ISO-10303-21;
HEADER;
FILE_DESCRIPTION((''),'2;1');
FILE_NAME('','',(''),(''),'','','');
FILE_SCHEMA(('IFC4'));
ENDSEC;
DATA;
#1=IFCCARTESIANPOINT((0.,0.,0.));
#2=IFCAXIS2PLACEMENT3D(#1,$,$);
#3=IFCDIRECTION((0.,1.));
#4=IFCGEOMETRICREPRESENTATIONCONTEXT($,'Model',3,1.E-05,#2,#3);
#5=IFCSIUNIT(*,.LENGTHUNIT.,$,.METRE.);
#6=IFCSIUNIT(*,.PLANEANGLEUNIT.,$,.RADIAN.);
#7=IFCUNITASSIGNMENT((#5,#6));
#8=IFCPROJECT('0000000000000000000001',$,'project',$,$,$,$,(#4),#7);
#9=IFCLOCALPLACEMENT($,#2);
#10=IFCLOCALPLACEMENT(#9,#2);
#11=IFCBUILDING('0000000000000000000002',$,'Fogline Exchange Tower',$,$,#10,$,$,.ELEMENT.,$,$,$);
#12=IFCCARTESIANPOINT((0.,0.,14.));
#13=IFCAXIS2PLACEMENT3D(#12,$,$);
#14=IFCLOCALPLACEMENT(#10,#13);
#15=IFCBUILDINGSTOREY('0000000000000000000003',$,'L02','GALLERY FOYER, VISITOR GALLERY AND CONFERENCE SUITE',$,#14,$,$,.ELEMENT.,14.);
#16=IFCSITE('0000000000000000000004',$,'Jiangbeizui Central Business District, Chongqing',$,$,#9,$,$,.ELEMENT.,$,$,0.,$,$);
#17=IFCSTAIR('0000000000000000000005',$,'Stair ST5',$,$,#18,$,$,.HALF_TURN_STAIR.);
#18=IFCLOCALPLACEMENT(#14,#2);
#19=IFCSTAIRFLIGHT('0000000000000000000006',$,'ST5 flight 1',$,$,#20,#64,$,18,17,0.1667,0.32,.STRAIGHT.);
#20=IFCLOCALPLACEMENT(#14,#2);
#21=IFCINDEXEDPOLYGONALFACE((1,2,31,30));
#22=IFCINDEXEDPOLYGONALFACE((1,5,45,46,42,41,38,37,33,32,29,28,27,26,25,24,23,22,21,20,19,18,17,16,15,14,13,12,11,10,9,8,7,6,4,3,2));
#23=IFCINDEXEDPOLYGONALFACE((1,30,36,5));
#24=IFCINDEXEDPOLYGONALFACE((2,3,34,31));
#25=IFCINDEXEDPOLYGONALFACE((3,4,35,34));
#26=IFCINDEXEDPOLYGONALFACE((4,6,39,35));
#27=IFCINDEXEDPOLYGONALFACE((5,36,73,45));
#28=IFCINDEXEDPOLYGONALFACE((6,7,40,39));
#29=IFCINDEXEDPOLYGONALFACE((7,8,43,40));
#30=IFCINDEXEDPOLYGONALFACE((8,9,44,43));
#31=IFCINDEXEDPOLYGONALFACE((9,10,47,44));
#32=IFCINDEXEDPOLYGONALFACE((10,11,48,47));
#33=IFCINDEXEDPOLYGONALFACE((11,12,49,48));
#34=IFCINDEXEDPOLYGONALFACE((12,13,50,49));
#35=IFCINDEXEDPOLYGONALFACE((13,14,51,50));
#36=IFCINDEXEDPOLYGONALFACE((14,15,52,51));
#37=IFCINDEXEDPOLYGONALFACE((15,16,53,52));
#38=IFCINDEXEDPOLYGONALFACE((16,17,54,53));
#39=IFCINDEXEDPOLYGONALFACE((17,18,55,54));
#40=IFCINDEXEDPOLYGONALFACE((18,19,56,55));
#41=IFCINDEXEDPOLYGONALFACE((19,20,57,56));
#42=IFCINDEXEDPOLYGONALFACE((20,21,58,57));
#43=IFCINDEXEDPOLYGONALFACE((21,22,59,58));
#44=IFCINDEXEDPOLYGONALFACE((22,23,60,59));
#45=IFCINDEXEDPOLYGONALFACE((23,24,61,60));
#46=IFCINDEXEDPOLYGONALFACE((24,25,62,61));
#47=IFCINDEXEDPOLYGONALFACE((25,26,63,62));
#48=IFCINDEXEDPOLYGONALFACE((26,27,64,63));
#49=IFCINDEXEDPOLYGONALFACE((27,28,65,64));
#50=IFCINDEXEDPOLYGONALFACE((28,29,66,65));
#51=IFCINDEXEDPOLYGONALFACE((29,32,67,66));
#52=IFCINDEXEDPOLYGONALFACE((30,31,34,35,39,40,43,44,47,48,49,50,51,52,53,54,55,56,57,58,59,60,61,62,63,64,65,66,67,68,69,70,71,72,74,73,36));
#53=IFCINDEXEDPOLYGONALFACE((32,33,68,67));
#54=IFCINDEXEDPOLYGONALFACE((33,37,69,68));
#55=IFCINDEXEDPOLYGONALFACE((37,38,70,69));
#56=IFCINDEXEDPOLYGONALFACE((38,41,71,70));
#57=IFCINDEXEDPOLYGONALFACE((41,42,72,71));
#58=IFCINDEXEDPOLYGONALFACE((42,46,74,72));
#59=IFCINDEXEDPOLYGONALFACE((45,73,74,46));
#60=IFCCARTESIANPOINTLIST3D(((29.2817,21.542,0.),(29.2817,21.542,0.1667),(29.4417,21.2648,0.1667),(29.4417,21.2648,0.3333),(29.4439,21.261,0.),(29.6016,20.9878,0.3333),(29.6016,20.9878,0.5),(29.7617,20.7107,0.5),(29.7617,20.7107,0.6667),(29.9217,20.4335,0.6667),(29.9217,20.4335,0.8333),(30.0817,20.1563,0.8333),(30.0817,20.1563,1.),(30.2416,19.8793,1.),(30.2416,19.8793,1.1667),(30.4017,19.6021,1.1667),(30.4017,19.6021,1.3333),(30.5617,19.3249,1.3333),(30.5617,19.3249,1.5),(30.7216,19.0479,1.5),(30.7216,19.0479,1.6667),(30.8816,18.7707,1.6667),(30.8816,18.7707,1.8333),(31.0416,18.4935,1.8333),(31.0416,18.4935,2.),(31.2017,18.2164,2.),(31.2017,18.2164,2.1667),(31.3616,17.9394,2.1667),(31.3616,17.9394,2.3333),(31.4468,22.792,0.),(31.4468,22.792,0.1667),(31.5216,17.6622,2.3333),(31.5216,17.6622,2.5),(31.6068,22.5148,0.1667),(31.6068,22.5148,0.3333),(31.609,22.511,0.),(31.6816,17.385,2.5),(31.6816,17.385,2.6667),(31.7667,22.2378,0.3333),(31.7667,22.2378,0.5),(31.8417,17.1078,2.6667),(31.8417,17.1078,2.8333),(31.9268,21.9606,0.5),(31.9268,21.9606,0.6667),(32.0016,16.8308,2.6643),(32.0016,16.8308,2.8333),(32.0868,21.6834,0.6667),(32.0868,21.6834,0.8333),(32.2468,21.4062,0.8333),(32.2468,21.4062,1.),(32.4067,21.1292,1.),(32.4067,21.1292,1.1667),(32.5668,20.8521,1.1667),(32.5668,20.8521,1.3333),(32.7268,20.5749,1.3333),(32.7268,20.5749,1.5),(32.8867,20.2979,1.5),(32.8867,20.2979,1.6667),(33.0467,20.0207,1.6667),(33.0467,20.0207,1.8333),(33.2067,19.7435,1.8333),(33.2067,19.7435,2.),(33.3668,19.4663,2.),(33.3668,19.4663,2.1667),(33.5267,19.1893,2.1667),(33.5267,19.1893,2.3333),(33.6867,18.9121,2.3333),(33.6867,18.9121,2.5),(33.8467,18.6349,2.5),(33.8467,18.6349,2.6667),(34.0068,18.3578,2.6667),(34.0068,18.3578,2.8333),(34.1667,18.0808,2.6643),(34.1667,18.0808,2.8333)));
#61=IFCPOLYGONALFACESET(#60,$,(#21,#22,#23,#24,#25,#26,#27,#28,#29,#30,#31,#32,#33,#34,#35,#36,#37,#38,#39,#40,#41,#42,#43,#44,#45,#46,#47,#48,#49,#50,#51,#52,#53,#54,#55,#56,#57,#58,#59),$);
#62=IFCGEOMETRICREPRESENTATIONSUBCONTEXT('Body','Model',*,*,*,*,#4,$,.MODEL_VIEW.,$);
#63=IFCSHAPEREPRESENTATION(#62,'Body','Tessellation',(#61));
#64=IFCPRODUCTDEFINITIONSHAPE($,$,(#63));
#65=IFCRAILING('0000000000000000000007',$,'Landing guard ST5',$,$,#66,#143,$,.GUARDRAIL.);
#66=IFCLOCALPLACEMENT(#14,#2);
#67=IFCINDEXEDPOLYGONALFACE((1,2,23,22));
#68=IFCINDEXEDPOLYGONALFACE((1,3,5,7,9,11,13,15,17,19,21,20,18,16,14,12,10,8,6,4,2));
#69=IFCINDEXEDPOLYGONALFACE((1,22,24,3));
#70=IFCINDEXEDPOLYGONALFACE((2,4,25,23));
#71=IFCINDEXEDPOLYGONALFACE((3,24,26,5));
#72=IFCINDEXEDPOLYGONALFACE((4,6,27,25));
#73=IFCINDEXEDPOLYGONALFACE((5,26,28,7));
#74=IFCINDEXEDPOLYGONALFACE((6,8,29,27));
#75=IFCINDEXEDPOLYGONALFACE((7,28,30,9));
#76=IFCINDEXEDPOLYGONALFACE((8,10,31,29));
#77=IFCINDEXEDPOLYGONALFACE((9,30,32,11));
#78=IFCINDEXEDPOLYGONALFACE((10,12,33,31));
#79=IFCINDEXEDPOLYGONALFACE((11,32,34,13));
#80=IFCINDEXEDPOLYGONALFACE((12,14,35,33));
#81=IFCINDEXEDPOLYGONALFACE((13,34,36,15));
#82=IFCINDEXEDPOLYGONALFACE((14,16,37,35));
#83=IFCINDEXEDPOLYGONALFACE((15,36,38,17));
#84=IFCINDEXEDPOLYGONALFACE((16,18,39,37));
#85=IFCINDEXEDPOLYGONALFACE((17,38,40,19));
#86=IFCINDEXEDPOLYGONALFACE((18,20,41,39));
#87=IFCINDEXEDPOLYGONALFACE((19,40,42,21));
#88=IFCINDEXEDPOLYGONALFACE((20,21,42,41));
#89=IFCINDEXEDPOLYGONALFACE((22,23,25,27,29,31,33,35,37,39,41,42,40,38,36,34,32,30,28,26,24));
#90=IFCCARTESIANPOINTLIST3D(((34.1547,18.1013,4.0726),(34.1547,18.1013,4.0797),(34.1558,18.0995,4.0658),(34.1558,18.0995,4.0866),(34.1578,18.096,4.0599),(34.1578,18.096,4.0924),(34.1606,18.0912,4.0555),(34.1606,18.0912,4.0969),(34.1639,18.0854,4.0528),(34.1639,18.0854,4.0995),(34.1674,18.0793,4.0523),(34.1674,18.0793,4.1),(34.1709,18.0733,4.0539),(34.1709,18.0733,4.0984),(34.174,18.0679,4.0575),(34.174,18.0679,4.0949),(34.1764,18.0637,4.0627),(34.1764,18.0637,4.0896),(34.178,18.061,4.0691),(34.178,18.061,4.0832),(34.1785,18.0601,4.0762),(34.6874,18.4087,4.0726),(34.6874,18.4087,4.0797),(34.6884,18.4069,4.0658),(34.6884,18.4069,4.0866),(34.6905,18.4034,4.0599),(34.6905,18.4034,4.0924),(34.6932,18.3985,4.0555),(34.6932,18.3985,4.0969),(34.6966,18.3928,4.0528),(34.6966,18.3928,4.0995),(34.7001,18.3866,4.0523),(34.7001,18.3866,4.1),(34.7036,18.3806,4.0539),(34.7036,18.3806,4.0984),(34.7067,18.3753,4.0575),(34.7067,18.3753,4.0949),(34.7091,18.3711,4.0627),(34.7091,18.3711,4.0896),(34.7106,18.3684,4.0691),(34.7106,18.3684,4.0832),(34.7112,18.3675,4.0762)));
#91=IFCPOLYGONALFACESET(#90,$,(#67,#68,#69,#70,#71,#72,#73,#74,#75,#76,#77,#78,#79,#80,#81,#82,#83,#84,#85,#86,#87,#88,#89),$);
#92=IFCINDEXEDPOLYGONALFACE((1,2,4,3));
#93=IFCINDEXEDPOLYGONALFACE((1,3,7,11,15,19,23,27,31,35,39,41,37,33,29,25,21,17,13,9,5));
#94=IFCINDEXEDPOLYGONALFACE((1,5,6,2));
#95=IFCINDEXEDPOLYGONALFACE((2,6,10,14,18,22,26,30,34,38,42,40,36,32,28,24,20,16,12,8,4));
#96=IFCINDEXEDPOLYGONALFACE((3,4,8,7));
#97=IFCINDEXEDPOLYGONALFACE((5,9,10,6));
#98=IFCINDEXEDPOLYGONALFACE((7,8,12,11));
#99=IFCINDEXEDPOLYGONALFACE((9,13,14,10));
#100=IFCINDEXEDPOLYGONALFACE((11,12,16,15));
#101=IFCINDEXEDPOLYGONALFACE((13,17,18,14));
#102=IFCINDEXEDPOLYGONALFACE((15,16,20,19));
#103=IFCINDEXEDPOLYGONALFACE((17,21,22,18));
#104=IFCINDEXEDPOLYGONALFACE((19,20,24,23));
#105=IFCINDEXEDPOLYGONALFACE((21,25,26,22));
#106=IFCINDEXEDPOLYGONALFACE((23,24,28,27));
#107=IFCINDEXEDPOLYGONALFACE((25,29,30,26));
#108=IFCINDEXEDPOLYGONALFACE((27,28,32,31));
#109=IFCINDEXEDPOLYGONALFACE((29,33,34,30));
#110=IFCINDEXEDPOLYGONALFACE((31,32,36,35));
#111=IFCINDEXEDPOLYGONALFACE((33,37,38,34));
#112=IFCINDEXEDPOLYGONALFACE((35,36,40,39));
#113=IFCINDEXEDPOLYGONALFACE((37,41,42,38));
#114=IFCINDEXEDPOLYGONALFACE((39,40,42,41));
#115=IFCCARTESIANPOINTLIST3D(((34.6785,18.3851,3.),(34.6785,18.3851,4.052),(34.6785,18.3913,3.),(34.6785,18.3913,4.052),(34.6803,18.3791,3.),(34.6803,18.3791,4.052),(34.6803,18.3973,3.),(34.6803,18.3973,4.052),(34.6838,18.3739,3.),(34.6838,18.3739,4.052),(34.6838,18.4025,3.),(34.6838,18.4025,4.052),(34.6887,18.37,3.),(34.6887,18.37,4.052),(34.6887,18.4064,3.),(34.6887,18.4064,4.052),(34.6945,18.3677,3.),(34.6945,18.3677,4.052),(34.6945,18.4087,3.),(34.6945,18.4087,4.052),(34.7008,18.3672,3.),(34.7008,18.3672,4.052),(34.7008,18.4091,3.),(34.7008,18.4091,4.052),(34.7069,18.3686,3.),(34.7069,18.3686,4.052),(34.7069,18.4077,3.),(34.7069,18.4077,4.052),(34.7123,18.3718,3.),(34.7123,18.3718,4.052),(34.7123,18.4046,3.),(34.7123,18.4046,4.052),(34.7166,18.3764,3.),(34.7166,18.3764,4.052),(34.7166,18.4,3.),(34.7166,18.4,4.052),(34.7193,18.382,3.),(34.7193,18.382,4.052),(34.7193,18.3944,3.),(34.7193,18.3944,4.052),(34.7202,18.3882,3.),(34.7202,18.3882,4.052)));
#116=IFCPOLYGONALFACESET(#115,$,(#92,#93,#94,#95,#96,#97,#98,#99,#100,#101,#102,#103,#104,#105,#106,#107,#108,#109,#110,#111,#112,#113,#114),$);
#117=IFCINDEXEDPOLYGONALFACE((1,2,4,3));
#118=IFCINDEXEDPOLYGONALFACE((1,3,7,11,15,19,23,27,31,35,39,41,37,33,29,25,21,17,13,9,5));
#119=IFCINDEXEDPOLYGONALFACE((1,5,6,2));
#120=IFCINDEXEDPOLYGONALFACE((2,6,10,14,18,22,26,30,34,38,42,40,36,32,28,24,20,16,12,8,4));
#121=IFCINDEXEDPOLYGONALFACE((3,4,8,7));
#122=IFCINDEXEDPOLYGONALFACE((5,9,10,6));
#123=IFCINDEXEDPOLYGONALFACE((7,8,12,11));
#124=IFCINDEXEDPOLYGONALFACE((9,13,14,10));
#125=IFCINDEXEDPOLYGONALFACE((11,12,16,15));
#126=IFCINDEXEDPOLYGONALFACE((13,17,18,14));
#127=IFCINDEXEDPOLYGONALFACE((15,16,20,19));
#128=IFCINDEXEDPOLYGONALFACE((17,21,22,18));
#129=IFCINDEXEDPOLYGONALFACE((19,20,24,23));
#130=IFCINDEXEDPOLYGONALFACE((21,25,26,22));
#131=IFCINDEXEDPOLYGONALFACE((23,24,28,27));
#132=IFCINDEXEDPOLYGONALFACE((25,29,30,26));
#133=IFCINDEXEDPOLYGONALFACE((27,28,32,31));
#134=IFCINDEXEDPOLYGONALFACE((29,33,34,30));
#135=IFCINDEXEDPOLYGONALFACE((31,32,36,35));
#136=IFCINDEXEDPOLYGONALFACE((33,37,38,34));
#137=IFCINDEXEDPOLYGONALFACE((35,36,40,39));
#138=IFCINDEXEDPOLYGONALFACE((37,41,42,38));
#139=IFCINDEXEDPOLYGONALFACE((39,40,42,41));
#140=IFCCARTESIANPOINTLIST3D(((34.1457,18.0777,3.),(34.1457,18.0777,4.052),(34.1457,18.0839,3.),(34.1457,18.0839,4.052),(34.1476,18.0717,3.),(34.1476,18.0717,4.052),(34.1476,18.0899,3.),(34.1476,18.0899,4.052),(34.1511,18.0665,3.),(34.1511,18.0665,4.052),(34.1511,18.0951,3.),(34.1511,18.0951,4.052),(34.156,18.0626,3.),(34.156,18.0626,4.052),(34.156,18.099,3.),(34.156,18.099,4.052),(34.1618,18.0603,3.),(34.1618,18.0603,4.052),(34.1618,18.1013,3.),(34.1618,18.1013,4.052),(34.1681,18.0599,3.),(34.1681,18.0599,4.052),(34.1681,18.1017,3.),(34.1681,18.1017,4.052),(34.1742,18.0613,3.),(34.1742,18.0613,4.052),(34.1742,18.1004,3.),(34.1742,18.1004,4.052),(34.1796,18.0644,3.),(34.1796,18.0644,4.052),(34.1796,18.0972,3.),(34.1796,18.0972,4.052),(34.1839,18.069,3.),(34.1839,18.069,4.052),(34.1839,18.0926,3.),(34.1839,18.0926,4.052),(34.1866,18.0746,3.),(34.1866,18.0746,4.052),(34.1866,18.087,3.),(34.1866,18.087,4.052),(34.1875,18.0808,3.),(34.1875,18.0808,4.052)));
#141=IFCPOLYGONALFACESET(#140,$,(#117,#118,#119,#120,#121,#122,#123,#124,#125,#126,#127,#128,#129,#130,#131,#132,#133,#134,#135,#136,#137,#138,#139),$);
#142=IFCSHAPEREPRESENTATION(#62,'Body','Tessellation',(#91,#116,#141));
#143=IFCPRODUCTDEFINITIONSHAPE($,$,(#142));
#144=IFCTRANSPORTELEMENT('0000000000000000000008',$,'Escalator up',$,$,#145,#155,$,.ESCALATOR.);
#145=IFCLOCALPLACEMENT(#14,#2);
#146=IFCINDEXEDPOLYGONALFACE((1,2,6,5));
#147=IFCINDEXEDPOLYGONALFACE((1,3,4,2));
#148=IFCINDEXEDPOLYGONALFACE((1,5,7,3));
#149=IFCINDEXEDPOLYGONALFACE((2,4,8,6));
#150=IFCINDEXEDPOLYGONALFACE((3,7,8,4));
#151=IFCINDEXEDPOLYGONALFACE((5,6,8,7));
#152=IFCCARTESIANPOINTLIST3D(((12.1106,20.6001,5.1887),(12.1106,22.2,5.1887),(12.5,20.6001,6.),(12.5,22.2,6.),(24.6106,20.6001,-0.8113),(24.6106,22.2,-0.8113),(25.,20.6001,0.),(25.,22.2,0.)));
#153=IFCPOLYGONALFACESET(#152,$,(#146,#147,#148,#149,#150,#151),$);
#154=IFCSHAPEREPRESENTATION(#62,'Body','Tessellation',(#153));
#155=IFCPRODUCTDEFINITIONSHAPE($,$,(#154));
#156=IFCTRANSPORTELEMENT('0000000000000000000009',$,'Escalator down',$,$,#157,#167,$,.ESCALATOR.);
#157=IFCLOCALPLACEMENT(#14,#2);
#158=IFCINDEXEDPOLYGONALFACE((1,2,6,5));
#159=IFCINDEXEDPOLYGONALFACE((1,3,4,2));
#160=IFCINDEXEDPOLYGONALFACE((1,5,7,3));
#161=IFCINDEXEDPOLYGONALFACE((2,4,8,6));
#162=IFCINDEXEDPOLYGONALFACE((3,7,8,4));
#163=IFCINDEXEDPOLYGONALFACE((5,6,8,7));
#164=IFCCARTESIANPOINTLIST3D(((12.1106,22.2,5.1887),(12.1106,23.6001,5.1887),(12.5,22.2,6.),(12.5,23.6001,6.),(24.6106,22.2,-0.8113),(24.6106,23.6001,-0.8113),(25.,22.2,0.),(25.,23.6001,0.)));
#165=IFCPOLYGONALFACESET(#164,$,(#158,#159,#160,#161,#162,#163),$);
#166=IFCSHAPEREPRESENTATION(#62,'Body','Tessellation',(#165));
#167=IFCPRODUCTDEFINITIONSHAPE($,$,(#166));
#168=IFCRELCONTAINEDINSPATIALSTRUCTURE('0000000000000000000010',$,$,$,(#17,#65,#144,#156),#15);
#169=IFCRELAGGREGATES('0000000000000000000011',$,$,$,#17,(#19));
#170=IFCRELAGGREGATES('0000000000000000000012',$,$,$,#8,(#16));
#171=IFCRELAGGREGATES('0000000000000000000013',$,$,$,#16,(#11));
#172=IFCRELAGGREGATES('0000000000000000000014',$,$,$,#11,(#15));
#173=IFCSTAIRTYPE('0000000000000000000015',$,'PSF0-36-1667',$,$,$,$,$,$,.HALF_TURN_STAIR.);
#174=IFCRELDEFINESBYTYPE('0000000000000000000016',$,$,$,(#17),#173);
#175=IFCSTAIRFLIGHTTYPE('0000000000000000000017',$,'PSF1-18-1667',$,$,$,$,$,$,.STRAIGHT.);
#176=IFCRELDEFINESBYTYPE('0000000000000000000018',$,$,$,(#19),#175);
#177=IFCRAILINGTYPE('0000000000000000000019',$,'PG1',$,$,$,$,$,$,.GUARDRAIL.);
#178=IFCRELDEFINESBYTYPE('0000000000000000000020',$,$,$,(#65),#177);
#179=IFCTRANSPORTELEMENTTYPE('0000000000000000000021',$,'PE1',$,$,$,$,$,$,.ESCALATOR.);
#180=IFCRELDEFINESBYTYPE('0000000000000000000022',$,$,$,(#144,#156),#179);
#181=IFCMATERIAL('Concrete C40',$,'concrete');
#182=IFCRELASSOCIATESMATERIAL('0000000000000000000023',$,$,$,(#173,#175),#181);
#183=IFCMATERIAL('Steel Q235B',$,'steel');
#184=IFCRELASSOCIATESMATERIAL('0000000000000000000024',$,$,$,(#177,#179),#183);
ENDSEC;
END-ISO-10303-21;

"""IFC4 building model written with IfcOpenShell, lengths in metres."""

from ifc_helpers import new_model, si_unit, direction, frame, origin, origin_2d, place, context, subcontext, project, spatial, polyline, circle, outline, extrude, material, type_object, element, aggregate, save


model = new_model("IFC4")

# Units and contexts
model_context = context("Model", 3, precision=1e-05, world=origin(), true_north=direction((0.0, 1.0)))
body_context = subcontext(model_context, "Body", "Model", "MODEL_VIEW")
ifc_project = project(units=[si_unit("LENGTHUNIT", "METRE"), si_unit("PLANEANGLEUNIT", "RADIAN")], contexts=[model_context])

# Site, building, storey
site_placement = place(None, origin())
site = spatial("IfcSite", under=ifc_project, at=site_placement, Name="Jiangbeizui Central Business District, Chongqing", CompositionType="ELEMENT", RefElevation=0.0)
building_placement = place(site_placement, origin())
building = spatial("IfcBuilding", under=site, at=building_placement, Name="Fogline Exchange Tower", CompositionType="ELEMENT")
storey_placement = place(building_placement, frame((0.0, 0.0, 14.0)))
storey = spatial("IfcBuildingStorey", under=building, at=storey_placement, Name="L02", Description="GALLERY FOYER, VISITOR GALLERY AND CONFERENCE SUITE", CompositionType="ELEMENT", Elevation=14.0)

# Shared definitions
ifc_material_1 = material(Name="Concrete C40", Category="concrete")

# Shared definitions
ifc_material_2 = material(Name="Steel Q235B", Category="steel")

# Stair, stair flight
stair_type = type_object("IfcStairType", Name="PSF0-36-1667", PredefinedType="HALF_TURN_STAIR", material=ifc_material_1)
stair_placement = place(storey_placement, origin())
stair = element("IfcStair", 1, at=stair_placement, inside=storey, type_object=stair_type, Name="Stair ST5", PredefinedType="HALF_TURN_STAIR")
stair_flight_type = type_object("IfcStairFlightType", Name="PSF1-18-1667", PredefinedType="STRAIGHT", material=ifc_material_1)
stair_flight_placement = place(storey_placement, frame((30.3643, 22.167, 0.0), z_axis=(0.0, 0.0, 1.0), x_axis=(0.499979, -0.866037, 0.0)))
stair_flight = element("IfcStairFlight", 2, at=stair_flight_placement, type_object=stair_flight_type, Name="ST5 flight 1", NumberOfRisers=18, NumberOfTreads=17, PredefinedType="STRAIGHT", RiserHeight=0.1667, TreadLength=0.32, context=body_context, shape_type="SweptSolid", body=[
    extrude(outline(polyline([(0.0, 0.0), (0.0, 0.1667), (0.3201, 0.1667), (0.3201, 0.3333), (0.6399, 0.3333), (0.6399, 0.5), (0.96, 0.5), (0.96, 0.6667), (1.28, 0.6667), (1.28, 0.8333), (1.6001, 0.8333), (1.6001, 1.0), (1.9199, 1.0), (1.9199, 1.1667), (2.24, 1.1667), (2.24, 1.3333), (2.5601, 1.3333), (2.5601, 1.5), (2.8799, 1.5), (2.8799, 1.6667), (3.2, 1.6667), (3.2, 1.8333), (3.52, 1.8333), (3.52, 2.0), (3.8401, 2.0), (3.8401, 2.1667), (4.1599, 2.1667), (4.1599, 2.3333), (4.48, 2.3333), (4.48, 2.5), (4.8, 2.5), (4.8, 2.6667), (5.1201, 2.6667), (5.1201, 2.8333), (5.4399, 2.8333), (5.4399, 3.0), (5.4399, 2.6643), (0.3245, 0.0), (0.0, 0.0)])), frame((0.0, 1.25, 0.0), z_axis=(0.0, -1.0, 0.0), x_axis=(1.0, 0.0, 0.0)), (0.0, 0.0, 1.0), 2.5),
])
aggregate(stair, [stair_flight])

# Railing
railing_type_1 = type_object("IfcRailingType", Name="PG1", PredefinedType="GUARDRAIL", material=ifc_material_2)
railing_1_placement = place(storey_placement, frame((34.6992, 18.3882, 3.0)))
element("IfcRailing", 3, at=railing_1_placement, inside=storey, type_object=railing_type_1, Name="Landing guard ST5", PredefinedType="GUARDRAIL", context=body_context, shape_type="SweptSolid", body=[
    extrude(circle(Radius=0.0239, at=origin_2d()), frame((0.0, 0.0, 1.0762), z_axis=(-0.866159, -0.499768, 0.0), x_axis=(0.499768, -0.866159, 0.0)), (0.0, 0.0, 1.0), 0.615),
    extrude(circle(Radius=0.021, at=origin_2d()), origin(), (0.0, 0.0, 1.0), 1.052),
    extrude(circle(Radius=0.021, at=origin_2d()), frame((-0.5327, -0.3074, 0.0)), (0.0, 0.0, 1.0), 1.052),
])

# Transport elements
transport_element_type = type_object("IfcTransportElementType", Name="PE1", PredefinedType="ESCALATOR", material=ifc_material_2)
transport_element_1_placement = place(storey_placement, frame((25.0, 20.6001, 0.0), z_axis=(0.432731, 0.0, 0.901523), x_axis=(0.0, 1.0, 0.0)))
element("IfcTransportElement", 4, at=transport_element_1_placement, inside=storey, type_object=transport_element_type, Name="Escalator up", PredefinedType="ESCALATOR", context=body_context, shape_type="SweptSolid", body=[
    extrude(outline(polyline([(0.0, 0.0), (1.5999, 0.0), (1.5999, 13.8654), (0.0, 13.8654), (0.0, 0.0)])), origin(), (0.0, 0.0, -1.0), 0.8999),
])
transport_element_2_placement = place(storey_placement, frame((25.0, 22.2, 0.0), z_axis=(0.432731, 0.0, 0.901523), x_axis=(0.0, 1.0, 0.0)))
element("IfcTransportElement", 5, at=transport_element_2_placement, inside=storey, type_object=transport_element_type, Name="Escalator down", PredefinedType="ESCALATOR", context=body_context, shape_type="SweptSolid", body=[
    extrude(outline(polyline([(0.0, 0.0), (1.4001, 0.0), (1.4001, 13.8654), (0.0, 13.8654), (0.0, 0.0)])), origin(), (0.0, 0.0, -1.0), 0.8999),
])

save(model, "model.ifc")
